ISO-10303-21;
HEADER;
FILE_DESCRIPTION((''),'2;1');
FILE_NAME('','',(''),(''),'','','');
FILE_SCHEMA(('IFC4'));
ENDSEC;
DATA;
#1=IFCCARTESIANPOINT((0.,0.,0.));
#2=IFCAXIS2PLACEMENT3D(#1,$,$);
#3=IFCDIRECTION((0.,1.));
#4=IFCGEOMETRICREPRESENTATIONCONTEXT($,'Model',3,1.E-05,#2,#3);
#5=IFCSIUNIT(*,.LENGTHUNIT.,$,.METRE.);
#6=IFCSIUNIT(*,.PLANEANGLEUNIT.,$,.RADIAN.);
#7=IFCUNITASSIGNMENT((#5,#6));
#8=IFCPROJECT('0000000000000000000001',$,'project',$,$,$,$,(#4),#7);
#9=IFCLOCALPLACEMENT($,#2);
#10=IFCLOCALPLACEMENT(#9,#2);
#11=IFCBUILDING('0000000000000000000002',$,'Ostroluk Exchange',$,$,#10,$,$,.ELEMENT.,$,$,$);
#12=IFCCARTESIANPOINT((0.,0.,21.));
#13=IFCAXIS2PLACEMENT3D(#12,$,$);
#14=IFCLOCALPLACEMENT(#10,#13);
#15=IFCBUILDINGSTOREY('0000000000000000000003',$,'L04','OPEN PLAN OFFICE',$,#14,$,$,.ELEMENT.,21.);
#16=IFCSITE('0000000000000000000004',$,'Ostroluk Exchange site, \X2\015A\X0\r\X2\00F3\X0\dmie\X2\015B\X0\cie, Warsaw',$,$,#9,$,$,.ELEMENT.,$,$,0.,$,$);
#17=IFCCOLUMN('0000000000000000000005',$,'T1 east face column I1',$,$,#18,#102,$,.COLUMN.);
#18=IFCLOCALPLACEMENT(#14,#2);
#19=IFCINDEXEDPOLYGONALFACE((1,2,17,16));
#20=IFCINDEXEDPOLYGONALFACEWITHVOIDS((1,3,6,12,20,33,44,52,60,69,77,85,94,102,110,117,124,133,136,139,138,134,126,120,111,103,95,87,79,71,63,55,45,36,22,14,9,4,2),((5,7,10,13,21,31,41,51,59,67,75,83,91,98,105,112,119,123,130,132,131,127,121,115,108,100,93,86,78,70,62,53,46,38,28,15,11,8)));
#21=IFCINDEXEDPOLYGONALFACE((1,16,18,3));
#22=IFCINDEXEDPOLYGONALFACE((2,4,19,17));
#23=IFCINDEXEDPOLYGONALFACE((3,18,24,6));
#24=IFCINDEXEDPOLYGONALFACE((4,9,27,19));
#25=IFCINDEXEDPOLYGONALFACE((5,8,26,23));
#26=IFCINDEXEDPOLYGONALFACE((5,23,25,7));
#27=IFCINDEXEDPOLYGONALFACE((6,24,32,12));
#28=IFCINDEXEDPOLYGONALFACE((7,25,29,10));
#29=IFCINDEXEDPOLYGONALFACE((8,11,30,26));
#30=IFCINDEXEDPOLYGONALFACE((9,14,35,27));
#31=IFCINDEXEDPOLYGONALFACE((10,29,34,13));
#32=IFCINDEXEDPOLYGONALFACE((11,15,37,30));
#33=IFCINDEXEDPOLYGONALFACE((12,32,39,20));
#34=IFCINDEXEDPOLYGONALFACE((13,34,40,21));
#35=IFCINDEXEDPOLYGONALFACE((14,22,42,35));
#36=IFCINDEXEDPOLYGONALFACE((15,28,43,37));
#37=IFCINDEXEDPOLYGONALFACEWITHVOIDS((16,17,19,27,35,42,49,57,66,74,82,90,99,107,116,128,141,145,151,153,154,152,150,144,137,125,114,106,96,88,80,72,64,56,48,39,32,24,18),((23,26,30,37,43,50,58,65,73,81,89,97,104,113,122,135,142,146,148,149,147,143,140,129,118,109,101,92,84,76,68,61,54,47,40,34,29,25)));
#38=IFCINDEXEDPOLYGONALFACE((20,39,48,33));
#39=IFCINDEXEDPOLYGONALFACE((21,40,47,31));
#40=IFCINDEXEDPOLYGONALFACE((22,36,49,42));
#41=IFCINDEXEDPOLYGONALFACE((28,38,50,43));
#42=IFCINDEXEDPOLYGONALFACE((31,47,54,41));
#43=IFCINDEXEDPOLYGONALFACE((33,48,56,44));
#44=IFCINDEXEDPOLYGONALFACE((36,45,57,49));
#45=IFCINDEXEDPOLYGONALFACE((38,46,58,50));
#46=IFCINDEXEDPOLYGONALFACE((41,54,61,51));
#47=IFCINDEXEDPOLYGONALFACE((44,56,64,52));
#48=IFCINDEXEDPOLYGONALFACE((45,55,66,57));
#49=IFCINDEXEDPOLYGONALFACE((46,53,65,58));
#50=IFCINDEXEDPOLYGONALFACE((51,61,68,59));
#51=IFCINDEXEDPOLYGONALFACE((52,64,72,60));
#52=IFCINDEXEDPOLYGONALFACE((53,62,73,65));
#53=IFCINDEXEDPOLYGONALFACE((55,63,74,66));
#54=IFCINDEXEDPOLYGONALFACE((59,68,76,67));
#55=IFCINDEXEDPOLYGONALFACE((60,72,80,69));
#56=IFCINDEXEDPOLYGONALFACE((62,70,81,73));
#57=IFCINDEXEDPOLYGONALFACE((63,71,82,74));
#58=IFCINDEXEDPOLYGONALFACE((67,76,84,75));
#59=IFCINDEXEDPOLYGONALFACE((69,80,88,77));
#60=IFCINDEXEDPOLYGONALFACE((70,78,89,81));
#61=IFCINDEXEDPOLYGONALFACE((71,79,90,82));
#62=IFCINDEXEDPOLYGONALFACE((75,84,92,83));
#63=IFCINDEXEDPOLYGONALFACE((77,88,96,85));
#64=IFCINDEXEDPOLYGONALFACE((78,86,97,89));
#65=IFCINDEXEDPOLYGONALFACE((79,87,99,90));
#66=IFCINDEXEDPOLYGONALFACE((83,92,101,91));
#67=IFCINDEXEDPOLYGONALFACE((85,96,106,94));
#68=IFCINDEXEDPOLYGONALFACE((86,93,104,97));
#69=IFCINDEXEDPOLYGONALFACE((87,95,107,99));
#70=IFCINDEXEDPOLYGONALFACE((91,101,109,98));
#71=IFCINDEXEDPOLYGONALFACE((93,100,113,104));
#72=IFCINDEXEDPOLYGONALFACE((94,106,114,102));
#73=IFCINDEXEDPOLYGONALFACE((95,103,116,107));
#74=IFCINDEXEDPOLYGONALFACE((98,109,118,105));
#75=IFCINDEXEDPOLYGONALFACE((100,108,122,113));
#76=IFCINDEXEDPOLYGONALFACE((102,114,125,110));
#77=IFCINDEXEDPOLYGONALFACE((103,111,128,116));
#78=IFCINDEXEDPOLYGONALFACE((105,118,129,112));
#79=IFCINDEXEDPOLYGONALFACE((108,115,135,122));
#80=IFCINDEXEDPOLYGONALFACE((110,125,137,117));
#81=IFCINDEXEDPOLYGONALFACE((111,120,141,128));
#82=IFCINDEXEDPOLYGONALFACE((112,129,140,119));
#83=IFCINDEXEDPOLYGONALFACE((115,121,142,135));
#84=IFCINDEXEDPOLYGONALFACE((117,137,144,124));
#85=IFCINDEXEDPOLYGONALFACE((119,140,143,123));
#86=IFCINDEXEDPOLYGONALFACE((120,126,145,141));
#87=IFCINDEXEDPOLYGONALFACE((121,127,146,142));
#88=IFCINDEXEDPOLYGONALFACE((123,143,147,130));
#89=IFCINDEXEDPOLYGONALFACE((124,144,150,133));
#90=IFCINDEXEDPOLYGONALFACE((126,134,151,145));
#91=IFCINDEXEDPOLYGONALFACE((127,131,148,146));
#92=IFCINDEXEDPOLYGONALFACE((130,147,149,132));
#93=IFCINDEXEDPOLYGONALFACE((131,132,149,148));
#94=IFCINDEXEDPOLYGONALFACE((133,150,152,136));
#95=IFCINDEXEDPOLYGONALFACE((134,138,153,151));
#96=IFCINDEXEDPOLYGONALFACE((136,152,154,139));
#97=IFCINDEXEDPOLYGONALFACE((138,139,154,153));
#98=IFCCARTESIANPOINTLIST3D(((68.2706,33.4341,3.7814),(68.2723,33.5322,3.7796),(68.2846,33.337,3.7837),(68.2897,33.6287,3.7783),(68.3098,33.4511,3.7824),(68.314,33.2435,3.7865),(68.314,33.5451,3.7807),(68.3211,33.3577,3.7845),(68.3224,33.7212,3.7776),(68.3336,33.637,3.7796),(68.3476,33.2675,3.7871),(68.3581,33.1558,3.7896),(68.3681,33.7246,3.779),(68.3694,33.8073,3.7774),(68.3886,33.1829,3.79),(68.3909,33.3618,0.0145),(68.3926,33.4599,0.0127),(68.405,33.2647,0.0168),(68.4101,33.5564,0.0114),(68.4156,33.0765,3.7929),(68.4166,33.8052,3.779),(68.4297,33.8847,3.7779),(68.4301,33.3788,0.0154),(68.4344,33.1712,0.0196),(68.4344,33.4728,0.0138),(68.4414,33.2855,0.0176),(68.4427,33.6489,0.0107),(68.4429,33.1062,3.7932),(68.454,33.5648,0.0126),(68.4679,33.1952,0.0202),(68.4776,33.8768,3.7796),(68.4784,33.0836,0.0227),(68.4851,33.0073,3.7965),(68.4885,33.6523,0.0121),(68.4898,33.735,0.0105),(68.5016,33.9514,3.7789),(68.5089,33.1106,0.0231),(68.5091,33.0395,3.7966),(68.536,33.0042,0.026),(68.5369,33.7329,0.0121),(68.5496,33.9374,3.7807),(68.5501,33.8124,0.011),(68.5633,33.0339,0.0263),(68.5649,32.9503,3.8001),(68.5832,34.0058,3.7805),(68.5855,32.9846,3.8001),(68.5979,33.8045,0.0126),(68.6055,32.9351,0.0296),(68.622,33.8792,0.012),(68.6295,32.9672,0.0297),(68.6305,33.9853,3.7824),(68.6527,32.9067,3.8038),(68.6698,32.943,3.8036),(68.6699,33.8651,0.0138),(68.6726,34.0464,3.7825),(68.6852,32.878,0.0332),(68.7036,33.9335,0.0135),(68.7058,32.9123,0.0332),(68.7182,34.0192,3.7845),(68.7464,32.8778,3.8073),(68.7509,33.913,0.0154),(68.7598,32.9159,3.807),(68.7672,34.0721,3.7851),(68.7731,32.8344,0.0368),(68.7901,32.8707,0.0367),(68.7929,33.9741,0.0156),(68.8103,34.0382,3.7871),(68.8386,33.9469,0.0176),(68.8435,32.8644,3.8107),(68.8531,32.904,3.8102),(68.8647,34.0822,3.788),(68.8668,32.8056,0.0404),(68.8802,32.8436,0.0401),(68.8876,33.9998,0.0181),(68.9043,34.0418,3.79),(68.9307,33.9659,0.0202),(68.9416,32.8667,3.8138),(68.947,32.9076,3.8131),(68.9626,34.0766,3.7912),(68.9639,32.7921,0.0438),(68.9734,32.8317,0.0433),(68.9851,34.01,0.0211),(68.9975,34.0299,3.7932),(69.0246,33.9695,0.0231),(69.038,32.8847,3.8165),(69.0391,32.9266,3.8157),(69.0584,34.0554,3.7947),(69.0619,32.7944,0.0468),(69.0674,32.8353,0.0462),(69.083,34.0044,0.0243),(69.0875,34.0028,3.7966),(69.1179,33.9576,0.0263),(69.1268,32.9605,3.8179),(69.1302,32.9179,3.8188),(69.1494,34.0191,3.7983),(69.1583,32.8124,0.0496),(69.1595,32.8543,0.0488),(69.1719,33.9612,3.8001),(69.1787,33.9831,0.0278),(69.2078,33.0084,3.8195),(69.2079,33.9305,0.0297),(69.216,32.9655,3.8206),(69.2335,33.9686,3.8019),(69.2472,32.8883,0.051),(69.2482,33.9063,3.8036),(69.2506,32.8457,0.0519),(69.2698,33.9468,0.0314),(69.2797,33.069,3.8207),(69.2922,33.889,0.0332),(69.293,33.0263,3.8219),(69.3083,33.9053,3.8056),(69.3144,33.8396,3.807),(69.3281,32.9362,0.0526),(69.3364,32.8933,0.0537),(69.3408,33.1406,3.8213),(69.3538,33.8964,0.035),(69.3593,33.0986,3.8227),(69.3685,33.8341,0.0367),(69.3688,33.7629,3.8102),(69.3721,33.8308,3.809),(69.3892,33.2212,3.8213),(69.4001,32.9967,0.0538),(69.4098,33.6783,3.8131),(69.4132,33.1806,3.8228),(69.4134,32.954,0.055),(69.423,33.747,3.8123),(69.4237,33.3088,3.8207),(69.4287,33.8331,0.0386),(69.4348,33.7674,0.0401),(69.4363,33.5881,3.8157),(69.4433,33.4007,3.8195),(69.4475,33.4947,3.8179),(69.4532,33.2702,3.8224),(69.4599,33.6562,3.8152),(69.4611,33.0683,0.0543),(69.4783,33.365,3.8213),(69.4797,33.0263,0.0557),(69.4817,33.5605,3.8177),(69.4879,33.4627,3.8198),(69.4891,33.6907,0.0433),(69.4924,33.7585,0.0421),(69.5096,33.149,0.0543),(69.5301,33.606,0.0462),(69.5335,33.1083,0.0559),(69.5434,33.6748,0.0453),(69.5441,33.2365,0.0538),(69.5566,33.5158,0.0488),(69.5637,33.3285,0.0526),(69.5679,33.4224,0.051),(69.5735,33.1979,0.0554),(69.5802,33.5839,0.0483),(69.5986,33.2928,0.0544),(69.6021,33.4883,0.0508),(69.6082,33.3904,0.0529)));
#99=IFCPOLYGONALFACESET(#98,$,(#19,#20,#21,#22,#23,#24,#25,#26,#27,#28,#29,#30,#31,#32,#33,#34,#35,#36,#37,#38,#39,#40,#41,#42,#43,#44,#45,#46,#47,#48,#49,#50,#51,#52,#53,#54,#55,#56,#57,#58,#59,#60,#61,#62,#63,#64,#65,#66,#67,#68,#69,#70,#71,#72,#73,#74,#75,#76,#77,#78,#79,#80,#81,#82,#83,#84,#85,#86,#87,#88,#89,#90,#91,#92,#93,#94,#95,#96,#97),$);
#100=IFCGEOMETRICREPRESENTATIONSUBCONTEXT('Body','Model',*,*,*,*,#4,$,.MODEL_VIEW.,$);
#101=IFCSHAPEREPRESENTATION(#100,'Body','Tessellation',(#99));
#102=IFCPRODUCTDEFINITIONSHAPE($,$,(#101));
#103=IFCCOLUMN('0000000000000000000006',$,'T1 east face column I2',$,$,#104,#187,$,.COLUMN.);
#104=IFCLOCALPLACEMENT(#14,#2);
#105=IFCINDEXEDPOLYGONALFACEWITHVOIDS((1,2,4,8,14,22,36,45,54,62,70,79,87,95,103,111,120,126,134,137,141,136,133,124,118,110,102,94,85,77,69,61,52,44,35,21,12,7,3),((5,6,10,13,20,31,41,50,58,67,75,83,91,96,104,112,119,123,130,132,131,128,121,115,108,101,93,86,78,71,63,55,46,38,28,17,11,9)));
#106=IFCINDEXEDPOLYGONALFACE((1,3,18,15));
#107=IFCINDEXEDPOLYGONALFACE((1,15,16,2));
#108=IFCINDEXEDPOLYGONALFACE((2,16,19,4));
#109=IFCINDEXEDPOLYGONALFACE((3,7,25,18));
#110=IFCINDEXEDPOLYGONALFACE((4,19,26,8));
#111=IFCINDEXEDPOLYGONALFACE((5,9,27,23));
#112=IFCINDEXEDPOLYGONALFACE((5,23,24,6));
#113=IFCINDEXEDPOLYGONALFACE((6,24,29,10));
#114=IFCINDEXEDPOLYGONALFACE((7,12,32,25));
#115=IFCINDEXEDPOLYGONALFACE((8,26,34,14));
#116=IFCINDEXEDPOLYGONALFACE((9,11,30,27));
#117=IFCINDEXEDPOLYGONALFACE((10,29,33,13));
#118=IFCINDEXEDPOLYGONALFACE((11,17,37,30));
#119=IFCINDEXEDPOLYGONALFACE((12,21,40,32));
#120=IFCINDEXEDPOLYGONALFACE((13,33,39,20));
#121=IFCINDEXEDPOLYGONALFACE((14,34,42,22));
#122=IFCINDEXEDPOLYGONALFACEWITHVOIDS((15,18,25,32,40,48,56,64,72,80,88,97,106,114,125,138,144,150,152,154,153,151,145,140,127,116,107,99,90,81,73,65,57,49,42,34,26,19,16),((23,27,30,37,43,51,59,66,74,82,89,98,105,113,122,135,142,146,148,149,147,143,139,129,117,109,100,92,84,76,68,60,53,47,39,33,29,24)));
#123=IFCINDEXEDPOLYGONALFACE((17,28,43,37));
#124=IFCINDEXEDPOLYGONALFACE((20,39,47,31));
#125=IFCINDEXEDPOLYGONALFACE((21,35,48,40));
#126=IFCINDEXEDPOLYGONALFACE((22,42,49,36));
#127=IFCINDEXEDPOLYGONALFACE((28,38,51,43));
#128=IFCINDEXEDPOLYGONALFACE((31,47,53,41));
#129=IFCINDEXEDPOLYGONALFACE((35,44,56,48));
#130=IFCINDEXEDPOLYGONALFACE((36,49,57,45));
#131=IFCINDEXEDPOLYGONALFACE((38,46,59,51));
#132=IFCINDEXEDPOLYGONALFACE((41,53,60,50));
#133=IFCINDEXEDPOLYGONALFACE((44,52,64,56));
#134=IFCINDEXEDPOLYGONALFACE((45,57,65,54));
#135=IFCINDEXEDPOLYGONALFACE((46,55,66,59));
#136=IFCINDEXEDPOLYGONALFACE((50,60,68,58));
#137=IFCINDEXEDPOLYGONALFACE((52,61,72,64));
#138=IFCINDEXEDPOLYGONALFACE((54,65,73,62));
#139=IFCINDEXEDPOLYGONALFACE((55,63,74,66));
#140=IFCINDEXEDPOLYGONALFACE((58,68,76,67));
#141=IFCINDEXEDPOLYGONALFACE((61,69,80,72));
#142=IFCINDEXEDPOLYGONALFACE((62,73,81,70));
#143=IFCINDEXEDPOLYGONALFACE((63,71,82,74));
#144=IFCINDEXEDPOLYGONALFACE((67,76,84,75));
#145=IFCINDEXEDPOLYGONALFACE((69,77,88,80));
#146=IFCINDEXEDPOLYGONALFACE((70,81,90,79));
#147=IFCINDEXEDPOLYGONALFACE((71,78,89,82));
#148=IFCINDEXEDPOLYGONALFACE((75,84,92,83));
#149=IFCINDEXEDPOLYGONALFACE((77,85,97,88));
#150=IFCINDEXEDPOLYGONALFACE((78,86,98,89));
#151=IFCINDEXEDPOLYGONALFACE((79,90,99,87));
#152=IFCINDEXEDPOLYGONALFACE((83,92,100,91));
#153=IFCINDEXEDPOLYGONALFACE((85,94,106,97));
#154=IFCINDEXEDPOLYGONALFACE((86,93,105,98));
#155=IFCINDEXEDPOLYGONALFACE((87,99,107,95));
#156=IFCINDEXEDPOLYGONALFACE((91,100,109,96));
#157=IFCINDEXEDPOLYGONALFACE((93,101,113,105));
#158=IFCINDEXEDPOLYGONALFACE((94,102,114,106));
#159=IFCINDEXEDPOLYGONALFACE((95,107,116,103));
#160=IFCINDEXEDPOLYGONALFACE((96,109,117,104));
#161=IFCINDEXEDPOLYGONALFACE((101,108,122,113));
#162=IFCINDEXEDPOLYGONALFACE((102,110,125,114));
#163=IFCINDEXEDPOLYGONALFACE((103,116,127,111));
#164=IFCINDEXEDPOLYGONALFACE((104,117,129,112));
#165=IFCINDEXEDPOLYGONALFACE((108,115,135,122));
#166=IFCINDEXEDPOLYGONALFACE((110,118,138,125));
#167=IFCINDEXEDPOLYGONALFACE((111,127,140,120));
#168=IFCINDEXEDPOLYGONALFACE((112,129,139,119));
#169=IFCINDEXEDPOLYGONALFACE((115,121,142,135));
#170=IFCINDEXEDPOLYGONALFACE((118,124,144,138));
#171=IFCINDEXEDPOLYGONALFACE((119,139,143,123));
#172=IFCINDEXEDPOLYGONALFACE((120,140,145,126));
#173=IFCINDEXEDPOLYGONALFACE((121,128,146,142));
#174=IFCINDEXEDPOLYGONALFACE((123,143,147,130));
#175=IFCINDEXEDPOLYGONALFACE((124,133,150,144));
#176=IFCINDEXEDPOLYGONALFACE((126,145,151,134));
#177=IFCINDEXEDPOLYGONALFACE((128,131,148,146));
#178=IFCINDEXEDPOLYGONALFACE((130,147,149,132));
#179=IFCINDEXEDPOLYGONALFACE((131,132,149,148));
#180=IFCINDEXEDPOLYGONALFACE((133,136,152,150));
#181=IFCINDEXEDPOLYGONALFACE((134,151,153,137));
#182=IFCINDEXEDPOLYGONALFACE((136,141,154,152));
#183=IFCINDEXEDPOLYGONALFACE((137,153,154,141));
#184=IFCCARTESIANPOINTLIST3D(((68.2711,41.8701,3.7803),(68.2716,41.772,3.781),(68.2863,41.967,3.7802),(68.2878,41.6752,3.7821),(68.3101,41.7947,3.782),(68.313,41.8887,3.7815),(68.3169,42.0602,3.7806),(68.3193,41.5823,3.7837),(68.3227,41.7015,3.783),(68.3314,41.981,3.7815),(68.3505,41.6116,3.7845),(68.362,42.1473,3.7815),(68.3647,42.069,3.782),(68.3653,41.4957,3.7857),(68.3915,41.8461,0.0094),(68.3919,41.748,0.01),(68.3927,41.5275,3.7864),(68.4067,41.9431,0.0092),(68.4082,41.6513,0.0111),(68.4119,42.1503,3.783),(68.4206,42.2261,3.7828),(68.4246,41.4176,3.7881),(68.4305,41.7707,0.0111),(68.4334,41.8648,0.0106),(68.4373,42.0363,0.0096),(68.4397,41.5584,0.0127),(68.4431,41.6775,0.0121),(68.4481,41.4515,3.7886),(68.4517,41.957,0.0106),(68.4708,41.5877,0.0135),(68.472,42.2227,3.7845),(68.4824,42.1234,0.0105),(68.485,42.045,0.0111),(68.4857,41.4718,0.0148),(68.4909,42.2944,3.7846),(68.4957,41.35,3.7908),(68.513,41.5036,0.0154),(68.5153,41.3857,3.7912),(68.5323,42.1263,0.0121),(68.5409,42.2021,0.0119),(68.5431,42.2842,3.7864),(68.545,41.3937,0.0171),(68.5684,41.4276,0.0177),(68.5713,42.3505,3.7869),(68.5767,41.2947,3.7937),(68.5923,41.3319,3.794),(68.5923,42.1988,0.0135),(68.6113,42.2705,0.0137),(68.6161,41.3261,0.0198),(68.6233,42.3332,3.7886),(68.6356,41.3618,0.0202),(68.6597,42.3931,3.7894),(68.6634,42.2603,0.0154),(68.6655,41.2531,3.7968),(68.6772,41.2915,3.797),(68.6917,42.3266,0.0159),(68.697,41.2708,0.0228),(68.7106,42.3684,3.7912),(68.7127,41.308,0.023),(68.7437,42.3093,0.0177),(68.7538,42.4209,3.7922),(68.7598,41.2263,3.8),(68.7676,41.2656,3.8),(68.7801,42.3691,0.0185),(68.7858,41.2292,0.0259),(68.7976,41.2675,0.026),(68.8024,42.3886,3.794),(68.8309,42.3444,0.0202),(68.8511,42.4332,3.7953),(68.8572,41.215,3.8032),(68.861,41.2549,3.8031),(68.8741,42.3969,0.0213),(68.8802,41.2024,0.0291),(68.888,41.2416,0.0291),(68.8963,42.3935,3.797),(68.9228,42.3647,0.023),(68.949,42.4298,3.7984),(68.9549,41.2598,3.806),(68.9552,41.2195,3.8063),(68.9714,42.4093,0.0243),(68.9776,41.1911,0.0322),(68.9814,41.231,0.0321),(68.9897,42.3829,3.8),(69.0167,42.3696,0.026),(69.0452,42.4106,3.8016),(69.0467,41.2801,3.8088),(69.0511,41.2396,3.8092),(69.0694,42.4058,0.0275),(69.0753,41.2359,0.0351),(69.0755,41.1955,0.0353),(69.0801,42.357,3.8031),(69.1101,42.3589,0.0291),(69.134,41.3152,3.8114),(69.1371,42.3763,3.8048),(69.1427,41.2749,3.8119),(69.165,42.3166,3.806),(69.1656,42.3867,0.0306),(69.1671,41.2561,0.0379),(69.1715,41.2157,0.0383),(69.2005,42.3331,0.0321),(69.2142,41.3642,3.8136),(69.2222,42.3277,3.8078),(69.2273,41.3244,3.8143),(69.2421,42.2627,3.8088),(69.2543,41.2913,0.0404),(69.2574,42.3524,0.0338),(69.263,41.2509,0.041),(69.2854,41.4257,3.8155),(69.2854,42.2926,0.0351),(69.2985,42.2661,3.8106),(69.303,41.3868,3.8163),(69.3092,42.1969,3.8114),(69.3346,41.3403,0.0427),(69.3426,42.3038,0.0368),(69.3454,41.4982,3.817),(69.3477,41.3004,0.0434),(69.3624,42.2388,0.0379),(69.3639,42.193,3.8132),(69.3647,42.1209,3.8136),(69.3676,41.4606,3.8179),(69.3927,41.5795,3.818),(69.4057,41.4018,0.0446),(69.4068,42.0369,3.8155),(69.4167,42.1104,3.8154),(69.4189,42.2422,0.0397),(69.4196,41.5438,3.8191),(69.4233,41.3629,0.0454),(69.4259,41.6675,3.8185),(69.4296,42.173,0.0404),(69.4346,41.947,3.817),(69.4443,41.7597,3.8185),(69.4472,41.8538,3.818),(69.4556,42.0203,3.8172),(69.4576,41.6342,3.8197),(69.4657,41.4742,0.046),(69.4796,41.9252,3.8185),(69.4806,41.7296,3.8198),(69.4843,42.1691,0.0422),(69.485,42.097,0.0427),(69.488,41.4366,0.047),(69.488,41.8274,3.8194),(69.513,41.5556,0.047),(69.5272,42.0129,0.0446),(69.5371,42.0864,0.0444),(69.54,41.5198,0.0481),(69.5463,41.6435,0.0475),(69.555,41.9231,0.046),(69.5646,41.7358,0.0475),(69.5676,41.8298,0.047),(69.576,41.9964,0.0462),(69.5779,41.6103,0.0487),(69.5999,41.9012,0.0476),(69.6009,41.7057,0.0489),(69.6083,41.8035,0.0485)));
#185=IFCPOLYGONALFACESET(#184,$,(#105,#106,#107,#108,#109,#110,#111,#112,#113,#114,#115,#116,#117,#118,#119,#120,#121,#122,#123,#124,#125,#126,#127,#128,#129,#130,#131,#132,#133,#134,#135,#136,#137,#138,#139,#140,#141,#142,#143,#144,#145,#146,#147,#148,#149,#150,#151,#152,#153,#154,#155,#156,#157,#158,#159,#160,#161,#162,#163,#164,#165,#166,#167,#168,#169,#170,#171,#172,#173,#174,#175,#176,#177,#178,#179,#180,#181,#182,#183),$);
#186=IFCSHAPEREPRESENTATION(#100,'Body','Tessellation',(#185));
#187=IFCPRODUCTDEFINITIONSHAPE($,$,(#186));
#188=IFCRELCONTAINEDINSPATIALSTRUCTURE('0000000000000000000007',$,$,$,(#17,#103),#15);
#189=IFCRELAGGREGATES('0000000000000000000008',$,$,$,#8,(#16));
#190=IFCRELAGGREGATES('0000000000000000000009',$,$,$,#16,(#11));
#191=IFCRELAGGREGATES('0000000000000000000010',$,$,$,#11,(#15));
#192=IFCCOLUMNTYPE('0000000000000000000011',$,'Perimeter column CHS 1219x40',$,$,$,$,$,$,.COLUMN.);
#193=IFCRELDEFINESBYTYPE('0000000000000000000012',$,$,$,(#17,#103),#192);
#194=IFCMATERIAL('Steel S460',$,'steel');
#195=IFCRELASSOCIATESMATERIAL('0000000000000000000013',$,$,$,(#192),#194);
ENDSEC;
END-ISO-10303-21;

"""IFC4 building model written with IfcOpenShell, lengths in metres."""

from ifc_helpers import new_model, si_unit, direction, frame, origin, origin_2d, place, context, subcontext, project, spatial, hollow_circle, extrude, material, material_profile, profile_set, type_object, element, save


model = new_model("IFC4")

# Units and contexts
model_context = context("Model", 3, precision=1e-05, world=origin(), true_north=direction((0.0, 1.0)))
body_context = subcontext(model_context, "Body", "Model", "MODEL_VIEW")
ifc_project = project(units=[si_unit("LENGTHUNIT", "METRE"), si_unit("PLANEANGLEUNIT", "RADIAN")], contexts=[model_context])

# Site, building, storey
site_placement = place(None, origin())
site = spatial("IfcSite", under=ifc_project, at=site_placement, Name="Ostroluk Exchange site, Śródmieście, Warsaw", CompositionType="ELEMENT", RefElevation=0.0)
building_placement = place(site_placement, origin())
building = spatial("IfcBuilding", under=site, at=building_placement, Name="Ostroluk Exchange", CompositionType="ELEMENT")
storey_placement = place(building_placement, frame((0.0, 0.0, 21.0)))
storey = spatial("IfcBuildingStorey", under=building, at=storey_placement, Name="L04", Description="OPEN PLAN OFFICE", CompositionType="ELEMENT", Elevation=21.0)

# Columns
ifc_material_1 = material(Name="Steel S460", Category="steel")
ifc_material_profile_1 = material_profile(ifc_material_1, hollow_circle(Radius=0.6096, WallThickness=0.04, at=origin_2d()), Name="CHS 1219x40")
ifc_profile_set_1 = profile_set([ifc_material_profile_1], Name="Steel S460")
column_type = type_object("IfcColumnType", Name="Perimeter column CHS 1219x40", PredefinedType="COLUMN", material=ifc_profile_set_1)
column_1_placement = place(storey_placement, frame((68.999, 33.4006, 0.0332), z_axis=(-0.031931, 0.019171, 0.999306), x_axis=(-0.514751, -0.857339, 0.0)))
element("IfcColumn", 1, at=column_1_placement, inside=storey, type_object=column_type, Name="T1 east face column I1", PredefinedType="COLUMN", context=body_context, shape_type="SweptSolid", body=[
    extrude(hollow_circle(Radius=0.6096, WallThickness=0.04, at=origin_2d()), origin(), (0.0, 0.0, 1.0), 3.7695),
])
column_2_placement = place(storey_placement, frame((68.999, 41.8003, 0.0291), z_axis=(-0.031901, 0.006341, 0.999471), x_axis=(-0.194968, -0.98081, 0.0)))
element("IfcColumn", 2, at=column_2_placement, inside=storey, type_object=column_type, Name="T1 east face column I2", PredefinedType="COLUMN", context=body_context, shape_type="SweptSolid", body=[
    extrude(hollow_circle(Radius=0.6096, WallThickness=0.04, at=origin_2d()), origin(), (0.0, 0.0, 1.0), 3.7729),
])

save(model, "model.ifc")
